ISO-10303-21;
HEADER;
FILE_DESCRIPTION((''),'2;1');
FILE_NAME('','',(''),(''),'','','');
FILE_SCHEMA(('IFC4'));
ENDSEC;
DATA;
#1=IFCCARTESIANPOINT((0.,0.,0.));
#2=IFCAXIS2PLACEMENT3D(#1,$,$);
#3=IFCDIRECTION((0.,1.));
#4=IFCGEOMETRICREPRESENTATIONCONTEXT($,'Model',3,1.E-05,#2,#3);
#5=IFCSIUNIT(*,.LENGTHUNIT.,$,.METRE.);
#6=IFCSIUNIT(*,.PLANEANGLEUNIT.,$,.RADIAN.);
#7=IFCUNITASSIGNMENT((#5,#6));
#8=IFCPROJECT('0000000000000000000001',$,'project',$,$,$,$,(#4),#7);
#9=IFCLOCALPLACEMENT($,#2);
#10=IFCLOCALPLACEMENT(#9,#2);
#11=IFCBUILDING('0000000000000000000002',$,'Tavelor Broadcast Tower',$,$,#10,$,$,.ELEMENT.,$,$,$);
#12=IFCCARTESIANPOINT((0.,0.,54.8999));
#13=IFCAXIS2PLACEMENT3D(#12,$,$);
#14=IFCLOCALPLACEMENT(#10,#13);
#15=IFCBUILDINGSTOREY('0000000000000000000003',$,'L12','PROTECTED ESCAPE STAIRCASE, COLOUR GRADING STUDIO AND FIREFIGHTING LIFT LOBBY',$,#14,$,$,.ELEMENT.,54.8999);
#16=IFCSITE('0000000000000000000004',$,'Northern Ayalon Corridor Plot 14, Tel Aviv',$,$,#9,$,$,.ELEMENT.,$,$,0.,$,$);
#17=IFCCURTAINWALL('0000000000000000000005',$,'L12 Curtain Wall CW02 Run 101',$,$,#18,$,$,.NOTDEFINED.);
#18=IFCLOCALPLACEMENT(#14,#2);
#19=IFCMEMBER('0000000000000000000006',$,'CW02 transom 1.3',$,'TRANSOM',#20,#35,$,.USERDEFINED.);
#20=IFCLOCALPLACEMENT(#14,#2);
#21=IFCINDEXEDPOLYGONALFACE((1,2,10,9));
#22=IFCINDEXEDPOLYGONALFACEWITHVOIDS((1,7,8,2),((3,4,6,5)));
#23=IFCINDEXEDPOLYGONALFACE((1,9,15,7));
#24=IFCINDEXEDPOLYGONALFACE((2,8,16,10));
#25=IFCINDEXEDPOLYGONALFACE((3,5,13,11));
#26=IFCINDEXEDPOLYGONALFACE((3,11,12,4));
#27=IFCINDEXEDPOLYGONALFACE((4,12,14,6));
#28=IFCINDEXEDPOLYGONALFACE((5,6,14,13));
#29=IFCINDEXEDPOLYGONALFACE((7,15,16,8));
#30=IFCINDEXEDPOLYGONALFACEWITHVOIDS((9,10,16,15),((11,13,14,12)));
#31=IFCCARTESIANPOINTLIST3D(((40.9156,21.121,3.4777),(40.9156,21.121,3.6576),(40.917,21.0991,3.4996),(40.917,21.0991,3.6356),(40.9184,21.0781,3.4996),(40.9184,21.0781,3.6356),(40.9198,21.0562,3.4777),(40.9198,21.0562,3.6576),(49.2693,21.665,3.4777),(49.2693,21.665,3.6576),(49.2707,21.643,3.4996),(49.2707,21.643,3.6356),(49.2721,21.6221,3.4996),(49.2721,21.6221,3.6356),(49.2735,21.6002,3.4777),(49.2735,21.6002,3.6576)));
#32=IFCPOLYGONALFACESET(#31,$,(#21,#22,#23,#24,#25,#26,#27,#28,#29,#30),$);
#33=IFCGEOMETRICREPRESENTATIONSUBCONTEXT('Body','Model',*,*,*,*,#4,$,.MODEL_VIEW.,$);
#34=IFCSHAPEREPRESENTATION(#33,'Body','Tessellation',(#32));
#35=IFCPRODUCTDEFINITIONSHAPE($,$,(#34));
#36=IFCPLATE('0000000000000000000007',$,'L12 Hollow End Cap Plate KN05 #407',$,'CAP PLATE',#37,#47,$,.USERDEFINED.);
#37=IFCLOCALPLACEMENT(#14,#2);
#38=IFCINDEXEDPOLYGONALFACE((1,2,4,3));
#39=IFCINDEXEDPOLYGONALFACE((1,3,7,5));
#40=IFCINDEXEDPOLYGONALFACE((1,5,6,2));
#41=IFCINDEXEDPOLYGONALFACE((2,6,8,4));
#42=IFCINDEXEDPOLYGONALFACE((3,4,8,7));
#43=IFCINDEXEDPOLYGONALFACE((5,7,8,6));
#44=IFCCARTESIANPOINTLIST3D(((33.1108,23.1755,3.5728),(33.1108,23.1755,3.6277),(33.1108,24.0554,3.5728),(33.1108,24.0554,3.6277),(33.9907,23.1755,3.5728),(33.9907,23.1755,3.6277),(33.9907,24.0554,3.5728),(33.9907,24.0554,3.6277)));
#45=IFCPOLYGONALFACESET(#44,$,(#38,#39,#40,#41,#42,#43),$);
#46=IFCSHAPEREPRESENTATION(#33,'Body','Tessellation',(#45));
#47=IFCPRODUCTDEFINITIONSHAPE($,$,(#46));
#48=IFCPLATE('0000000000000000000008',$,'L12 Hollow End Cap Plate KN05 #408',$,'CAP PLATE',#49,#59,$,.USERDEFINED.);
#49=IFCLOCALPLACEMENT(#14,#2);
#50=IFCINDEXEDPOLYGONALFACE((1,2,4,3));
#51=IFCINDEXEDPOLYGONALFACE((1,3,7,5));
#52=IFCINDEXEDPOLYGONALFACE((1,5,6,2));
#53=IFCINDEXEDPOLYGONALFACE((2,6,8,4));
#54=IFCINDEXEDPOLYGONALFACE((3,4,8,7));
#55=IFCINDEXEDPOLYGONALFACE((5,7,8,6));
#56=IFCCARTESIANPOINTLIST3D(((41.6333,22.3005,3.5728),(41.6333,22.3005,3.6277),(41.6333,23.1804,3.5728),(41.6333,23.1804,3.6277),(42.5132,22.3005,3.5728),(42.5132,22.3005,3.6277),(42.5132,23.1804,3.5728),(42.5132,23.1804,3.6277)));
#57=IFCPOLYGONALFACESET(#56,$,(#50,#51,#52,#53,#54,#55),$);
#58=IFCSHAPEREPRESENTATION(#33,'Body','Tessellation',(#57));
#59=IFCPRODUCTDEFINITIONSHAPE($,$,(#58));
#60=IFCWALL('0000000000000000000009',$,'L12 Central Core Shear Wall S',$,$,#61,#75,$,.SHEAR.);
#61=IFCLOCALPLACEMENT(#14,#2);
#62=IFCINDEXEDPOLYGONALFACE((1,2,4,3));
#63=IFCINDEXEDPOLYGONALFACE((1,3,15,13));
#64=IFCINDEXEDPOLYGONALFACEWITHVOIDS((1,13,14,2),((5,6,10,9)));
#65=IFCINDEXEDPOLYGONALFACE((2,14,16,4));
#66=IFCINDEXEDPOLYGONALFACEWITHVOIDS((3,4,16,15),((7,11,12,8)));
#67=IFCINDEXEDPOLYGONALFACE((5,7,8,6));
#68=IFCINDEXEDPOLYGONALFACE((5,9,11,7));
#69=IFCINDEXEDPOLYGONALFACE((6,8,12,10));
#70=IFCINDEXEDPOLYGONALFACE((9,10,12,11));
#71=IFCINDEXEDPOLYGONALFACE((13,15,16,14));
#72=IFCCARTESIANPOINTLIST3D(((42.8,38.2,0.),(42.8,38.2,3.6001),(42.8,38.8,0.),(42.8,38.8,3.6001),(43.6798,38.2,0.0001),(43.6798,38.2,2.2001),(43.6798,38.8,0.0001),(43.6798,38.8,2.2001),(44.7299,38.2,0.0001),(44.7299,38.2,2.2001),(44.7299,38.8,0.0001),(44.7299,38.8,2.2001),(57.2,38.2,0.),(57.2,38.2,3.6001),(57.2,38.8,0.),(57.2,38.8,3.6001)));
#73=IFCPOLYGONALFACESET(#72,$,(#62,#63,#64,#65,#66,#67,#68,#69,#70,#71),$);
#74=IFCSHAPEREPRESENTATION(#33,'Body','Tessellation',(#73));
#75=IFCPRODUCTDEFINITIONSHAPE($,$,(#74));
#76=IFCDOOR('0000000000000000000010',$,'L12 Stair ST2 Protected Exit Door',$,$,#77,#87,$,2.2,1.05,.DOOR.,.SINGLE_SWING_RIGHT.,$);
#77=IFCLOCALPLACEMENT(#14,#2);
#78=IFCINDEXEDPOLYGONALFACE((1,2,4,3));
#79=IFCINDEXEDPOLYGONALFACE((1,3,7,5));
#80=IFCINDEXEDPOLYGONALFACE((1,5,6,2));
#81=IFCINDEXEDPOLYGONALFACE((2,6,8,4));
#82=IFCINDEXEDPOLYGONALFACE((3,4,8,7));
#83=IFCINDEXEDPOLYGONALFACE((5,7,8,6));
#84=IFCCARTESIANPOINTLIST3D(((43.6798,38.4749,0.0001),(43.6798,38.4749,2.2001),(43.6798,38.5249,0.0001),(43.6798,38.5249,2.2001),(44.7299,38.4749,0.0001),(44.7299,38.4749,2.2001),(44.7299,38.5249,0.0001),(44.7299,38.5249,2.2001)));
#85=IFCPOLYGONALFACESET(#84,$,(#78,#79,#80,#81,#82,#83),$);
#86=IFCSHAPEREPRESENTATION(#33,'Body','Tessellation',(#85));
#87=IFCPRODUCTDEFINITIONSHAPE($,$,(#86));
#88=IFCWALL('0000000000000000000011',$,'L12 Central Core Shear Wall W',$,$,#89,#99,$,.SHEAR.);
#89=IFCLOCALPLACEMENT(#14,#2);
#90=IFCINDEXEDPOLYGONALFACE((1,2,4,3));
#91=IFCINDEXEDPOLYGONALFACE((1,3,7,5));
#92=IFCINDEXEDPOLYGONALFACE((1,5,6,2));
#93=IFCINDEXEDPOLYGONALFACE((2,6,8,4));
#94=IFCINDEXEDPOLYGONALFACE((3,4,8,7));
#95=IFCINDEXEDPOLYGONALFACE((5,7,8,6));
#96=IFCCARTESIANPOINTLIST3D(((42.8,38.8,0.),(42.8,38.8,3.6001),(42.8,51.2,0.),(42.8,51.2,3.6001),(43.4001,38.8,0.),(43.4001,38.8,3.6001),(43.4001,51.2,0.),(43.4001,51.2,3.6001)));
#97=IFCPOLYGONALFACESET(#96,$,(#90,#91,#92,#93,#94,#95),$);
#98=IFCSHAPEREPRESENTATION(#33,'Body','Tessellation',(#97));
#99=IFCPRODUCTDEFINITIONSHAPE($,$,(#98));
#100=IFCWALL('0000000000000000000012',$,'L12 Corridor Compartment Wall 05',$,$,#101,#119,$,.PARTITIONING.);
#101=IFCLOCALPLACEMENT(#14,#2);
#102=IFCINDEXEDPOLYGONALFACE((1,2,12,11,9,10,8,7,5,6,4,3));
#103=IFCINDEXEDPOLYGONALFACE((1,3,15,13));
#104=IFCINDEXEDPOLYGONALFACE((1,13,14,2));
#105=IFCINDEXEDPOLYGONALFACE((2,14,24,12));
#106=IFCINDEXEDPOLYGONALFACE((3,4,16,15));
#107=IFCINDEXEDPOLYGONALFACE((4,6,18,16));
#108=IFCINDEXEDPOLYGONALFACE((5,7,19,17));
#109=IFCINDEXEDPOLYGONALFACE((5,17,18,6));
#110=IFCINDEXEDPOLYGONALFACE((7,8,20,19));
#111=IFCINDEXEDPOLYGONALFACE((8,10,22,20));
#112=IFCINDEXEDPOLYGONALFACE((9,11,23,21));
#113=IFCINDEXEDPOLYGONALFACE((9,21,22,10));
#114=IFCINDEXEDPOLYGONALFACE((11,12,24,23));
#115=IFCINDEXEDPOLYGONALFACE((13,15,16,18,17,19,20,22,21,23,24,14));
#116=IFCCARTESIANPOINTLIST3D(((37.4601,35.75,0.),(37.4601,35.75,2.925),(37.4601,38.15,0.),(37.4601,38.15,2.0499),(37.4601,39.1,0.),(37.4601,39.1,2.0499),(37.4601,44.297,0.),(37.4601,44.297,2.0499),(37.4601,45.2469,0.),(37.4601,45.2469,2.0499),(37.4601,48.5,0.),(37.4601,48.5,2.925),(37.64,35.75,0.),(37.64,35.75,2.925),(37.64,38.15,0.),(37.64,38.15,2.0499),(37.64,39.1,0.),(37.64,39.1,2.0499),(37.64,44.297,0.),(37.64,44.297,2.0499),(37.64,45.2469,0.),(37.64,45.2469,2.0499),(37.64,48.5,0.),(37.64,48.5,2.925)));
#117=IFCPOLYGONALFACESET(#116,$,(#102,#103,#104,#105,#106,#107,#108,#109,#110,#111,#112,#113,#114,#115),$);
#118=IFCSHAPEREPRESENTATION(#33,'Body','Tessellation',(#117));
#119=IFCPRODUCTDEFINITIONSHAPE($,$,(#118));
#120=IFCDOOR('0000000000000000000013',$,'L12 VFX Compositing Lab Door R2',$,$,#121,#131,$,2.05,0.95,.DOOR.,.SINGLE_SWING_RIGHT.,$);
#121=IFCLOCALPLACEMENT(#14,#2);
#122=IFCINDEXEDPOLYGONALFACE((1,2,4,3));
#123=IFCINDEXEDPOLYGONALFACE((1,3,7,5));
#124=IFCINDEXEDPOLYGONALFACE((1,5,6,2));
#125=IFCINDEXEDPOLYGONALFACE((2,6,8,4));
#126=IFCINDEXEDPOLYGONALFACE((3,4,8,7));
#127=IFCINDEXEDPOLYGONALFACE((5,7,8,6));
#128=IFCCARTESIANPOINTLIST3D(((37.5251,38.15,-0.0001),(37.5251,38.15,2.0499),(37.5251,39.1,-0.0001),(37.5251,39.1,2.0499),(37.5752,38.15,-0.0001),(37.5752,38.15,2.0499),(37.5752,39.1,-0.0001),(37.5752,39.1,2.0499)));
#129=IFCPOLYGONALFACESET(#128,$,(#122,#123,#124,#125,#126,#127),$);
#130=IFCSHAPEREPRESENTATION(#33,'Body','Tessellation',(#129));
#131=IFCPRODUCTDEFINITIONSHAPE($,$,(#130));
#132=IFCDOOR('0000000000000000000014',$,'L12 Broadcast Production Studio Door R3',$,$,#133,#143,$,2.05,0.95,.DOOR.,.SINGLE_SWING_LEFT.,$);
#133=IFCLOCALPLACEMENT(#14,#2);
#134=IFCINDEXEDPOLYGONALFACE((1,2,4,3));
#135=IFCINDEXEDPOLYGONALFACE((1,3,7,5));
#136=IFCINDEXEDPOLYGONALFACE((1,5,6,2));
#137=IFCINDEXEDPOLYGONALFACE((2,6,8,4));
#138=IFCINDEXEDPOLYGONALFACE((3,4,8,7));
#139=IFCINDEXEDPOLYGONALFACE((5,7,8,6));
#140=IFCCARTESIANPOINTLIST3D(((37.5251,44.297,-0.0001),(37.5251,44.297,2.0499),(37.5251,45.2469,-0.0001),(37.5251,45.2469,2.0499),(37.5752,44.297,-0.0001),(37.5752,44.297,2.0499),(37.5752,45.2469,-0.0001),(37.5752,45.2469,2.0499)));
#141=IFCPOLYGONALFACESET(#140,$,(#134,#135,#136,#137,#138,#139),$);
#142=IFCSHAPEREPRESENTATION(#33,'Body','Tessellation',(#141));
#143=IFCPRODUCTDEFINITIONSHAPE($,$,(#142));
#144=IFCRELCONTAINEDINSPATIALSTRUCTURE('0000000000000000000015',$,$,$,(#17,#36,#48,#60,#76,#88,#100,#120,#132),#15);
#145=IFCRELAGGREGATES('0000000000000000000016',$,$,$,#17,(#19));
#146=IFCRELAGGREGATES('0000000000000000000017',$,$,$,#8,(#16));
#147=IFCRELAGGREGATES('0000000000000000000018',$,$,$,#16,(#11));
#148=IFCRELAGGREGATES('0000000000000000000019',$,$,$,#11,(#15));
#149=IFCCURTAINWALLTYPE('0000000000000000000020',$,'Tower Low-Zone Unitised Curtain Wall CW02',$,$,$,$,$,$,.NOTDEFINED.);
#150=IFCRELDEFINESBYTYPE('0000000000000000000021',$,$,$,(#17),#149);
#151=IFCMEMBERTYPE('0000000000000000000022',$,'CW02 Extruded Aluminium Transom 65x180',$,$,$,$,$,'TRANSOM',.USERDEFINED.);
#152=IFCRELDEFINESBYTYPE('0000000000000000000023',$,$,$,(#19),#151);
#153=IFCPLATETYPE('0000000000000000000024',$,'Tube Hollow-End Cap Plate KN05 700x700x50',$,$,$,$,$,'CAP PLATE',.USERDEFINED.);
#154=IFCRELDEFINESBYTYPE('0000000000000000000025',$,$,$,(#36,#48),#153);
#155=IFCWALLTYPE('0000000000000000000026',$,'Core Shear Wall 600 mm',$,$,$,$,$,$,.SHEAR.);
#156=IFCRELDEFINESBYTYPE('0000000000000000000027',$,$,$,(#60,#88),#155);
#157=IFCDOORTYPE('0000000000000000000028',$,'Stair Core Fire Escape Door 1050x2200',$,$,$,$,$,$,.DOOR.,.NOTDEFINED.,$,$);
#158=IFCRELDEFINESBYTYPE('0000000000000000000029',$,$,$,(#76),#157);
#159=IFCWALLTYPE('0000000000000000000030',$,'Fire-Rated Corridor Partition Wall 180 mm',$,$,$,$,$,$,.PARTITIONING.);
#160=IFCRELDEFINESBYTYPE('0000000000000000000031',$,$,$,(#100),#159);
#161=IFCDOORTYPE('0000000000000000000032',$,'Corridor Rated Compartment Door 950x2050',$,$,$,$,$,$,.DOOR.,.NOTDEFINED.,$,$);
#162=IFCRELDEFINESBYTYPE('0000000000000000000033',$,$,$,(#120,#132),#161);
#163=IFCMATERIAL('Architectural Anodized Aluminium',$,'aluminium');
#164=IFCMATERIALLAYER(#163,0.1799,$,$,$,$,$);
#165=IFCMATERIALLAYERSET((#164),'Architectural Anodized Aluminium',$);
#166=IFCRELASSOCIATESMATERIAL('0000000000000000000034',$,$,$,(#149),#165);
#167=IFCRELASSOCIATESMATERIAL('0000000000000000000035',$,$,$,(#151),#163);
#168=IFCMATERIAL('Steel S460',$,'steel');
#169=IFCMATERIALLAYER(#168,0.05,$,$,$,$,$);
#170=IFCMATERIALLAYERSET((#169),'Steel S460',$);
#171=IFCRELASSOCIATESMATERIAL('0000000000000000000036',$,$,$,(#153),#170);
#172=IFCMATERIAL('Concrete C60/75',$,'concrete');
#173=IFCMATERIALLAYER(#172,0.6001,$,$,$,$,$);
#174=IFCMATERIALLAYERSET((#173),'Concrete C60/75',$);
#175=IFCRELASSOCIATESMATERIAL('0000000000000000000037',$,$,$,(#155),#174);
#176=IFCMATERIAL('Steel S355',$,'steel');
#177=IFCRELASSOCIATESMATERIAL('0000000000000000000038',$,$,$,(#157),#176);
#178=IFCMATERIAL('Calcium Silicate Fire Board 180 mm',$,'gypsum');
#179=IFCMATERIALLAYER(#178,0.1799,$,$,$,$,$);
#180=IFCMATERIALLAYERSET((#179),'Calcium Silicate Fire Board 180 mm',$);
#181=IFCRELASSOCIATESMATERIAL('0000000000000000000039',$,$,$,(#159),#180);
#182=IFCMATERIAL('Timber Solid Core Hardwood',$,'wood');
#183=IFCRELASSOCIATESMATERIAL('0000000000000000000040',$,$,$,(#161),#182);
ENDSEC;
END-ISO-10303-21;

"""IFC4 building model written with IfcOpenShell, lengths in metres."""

from ifc_helpers import new_model, si_unit, direction, frame, frame_2d, origin, origin_2d, place, context, subcontext, project, spatial, rectangle, hollow_rectangle, extrude, source, transform, mapped, material, layer, layer_set, material_profile, profile_set, type_object, type_shapes, element, fill, aggregate, save


model = new_model("IFC4")

# Units and contexts
model_context = context("Model", 3, precision=1e-05, world=origin(), true_north=direction((0.0, 1.0)))
body_context = subcontext(model_context, "Body", "Model", "MODEL_VIEW")
ifc_project = project(units=[si_unit("LENGTHUNIT", "METRE"), si_unit("PLANEANGLEUNIT", "RADIAN")], contexts=[model_context])

# Site, building, storey
site_placement = place(None, origin())
site = spatial("IfcSite", under=ifc_project, at=site_placement, Name="Northern Ayalon Corridor Plot 14, Tel Aviv", CompositionType="ELEMENT", RefElevation=0.0)
building_placement = place(site_placement, origin())
building = spatial("IfcBuilding", under=site, at=building_placement, Name="Tavelor Broadcast Tower", CompositionType="ELEMENT")
storey_placement = place(building_placement, frame((0.0, 0.0, 54.8999)))
storey = spatial("IfcBuildingStorey", under=building, at=storey_placement, Name="L12", Description="PROTECTED ESCAPE STAIRCASE, COLOUR GRADING STUDIO AND FIREFIGHTING LIFT LOBBY", CompositionType="ELEMENT", Elevation=54.8999)

# Shared definitions
ifc_material_1 = material(Name="Steel S460", Category="steel")

# Shared definitions
ifc_material_2 = material(Name="Steel S355", Category="steel")

# Curtain wall, member
ifc_material_3 = material(Name="Architectural Anodized Aluminium", Category="aluminium")
ifc_layer_1 = layer(ifc_material_3, 0.1799)
ifc_layer_set_1 = layer_set([ifc_layer_1], Name="Architectural Anodized Aluminium")
curtain_wall_type = type_object("IfcCurtainWallType", Name="Tower Low-Zone Unitised Curtain Wall CW02", PredefinedType="NOTDEFINED", material=ifc_layer_set_1)
curtain_wall_placement = place(storey_placement, origin())
curtain_wall = element("IfcCurtainWall", 1, at=curtain_wall_placement, inside=storey, type_object=curtain_wall_type, Name="L12 Curtain Wall CW02 Run 101", PredefinedType="NOTDEFINED")
ifc_material_profile_1 = material_profile(ifc_material_3, hollow_rectangle(XDim=0.0649, YDim=0.1799, WallThickness=0.022, at=origin_2d()), Name="RHS 65x180x22")
ifc_profile_set_1 = profile_set([ifc_material_profile_1], Name="Architectural Anodized Aluminium")
member_type_1 = type_object("IfcMemberType", Name="CW02 Extruded Aluminium Transom 65x180", ElementType="TRANSOM", PredefinedType="USERDEFINED", material=ifc_profile_set_1)
shared_shape_1 = source(origin(), body_context, "Body", "SweptSolid", [
    extrude(hollow_rectangle(XDim=0.0649, YDim=0.1799, WallThickness=0.022, at=origin_2d()), origin(), (0.0, 0.0, 1.0), 8.3713),
])
type_shapes(member_type_1, [shared_shape_1])
member_1_placement = place(storey_placement, frame((40.9177, 21.0886, 3.5676), z_axis=(0.997887, 0.064976, 0.0), x_axis=(-0.064976, 0.997887, 0.0)))
member_1 = element("IfcMember", 2, at=member_1_placement, type_object=member_type_1, Name="CW02 transom 1.3", ObjectType="TRANSOM", PredefinedType="USERDEFINED", context=body_context, shape_type="MappedRepresentation", body=[
    mapped(shared_shape_1, transform((0.0, 0.0, 0.0), scale=1.0)),
])
aggregate(curtain_wall, [member_1])

# Plates
ifc_layer_2 = layer(ifc_material_1, 0.05)
ifc_layer_set_2 = layer_set([ifc_layer_2], Name="Steel S460")
plate_type = type_object("IfcPlateType", Name="Tube Hollow-End Cap Plate KN05 700x700x50", ElementType="CAP PLATE", PredefinedType="USERDEFINED", material=ifc_layer_set_2)
shared_shape_2 = source(origin(), body_context, "Body", "SweptSolid", [
    extrude(rectangle(XDim=0.8799, YDim=0.8799, at=origin_2d()), origin(), (0.0, 0.0, 1.0), 0.0549),
])
type_shapes(plate_type, [shared_shape_2])
for number, where, z_axis, x_axis, name in (
    (3, (33.5508, 23.6155, 3.5728), (0.0, 0.0, 1.0), (1.0, 0.0, 0.0), "L12 Hollow End Cap Plate KN05 #407"),
    (4, (42.0732, 22.7405, 3.5728), (0.0, 0.0, 1.0), (1.0, 0.0, 0.0), "L12 Hollow End Cap Plate KN05 #408"),
):
    element("IfcPlate", number, at=place(storey_placement, frame(where, z_axis=z_axis, x_axis=x_axis)), inside=storey, type_object=plate_type, Name=name, ObjectType="CAP PLATE", PredefinedType="USERDEFINED", context=body_context, shape_type="MappedRepresentation", body=[
        mapped(shared_shape_2, transform((0.0, 0.0, 0.0), scale=1.0)),
    ])

# Wall, opening, door
ifc_material_4 = material(Name="Concrete C60/75", Category="concrete")
ifc_layer_3 = layer(ifc_material_4, 0.6001)
ifc_layer_set_3 = layer_set([ifc_layer_3], Name="Concrete C60/75")
wall_type_1 = type_object("IfcWallType", Name="Core Shear Wall 600 mm", PredefinedType="SHEAR", material=ifc_layer_set_3)
wall_1_placement = place(storey_placement, frame((42.8, 38.5, 0.0), z_axis=(0.0, 0.0, 1.0), x_axis=(1.0, 0.0, 0.0)))
wall_1 = element("IfcWall", 5, at=wall_1_placement, inside=storey, type_object=wall_type_1, Name="L12 Central Core Shear Wall S", PredefinedType="SHEAR", context=body_context, shape_type="SweptSolid", body=[
    extrude(rectangle(XDim=14.3999, YDim=0.6001, at=frame_2d((7.2, 0.0))), origin(), (0.0, 0.0, 1.0), 3.6001),
])
opening_1_placement = place(wall_1_placement, frame((0.8799, 0.0, 0.0)))
opening_1 = element("IfcOpeningElement", 6, at=opening_1_placement, cuts=wall_1, PredefinedType="OPENING", context=body_context, shape_type="SweptSolid", body=[
    extrude(rectangle(XDim=1.05, YDim=2.2, at=frame_2d((0.5249, 1.1001))), frame((0.0, 0.3101, 0.0), z_axis=(0.0, -1.0, 0.0), x_axis=(1.0, 0.0, 0.0)), (0.0, 0.0, 1.0), 0.6201),
])
door_type_1 = type_object("IfcDoorType", Name="Stair Core Fire Escape Door 1050x2200", OperationType="NOTDEFINED", PredefinedType="DOOR", material=ifc_material_2)
door_1_placement = place(opening_1_placement, origin())
door_1 = element("IfcDoor", 7, at=door_1_placement, inside=storey, type_object=door_type_1, Name="L12 Stair ST2 Protected Exit Door", OperationType="SINGLE_SWING_RIGHT", OverallHeight=2.2, OverallWidth=1.05, PredefinedType="DOOR", context=body_context, shape_type="SweptSolid", body=[
    extrude(rectangle(XDim=1.05, YDim=2.2, at=frame_2d((0.5249, 1.1001))), frame((0.0, 0.0249, 0.0), z_axis=(0.0, -1.0, 0.0), x_axis=(1.0, 0.0, 0.0)), (0.0, 0.0, 1.0), 0.05),
])
fill(opening_1, door_1)

# Wall
wall_2_placement = place(storey_placement, frame((43.1001, 38.8, 0.0), z_axis=(0.0, 0.0, 1.0), x_axis=(0.0, 1.0, 0.0)))
element("IfcWall", 8, at=wall_2_placement, inside=storey, type_object=wall_type_1, Name="L12 Central Core Shear Wall W", PredefinedType="SHEAR", context=body_context, shape_type="SweptSolid", body=[
    extrude(rectangle(XDim=12.3999, YDim=0.6001, at=frame_2d((6.2, 0.0))), origin(), (0.0, 0.0, 1.0), 3.6001),
])

# Wall, openings, doors
ifc_material_5 = material(Name="Calcium Silicate Fire Board 180 mm", Category="gypsum")
ifc_layer_4 = layer(ifc_material_5, 0.1799)
ifc_layer_set_4 = layer_set([ifc_layer_4], Name="Calcium Silicate Fire Board 180 mm")
wall_type_2 = type_object("IfcWallType", Name="Fire-Rated Corridor Partition Wall 180 mm", PredefinedType="PARTITIONING", material=ifc_layer_set_4)
wall_3_placement = place(storey_placement, frame((37.55, 35.75, 0.0), z_axis=(0.0, 0.0, 1.0), x_axis=(0.0, 1.0, 0.0)))
wall_3 = element("IfcWall", 9, at=wall_3_placement, inside=storey, type_object=wall_type_2, Name="L12 Corridor Compartment Wall 05", PredefinedType="PARTITIONING", context=body_context, shape_type="SweptSolid", body=[
    extrude(rectangle(XDim=12.75, YDim=0.1799, at=frame_2d((6.375, 0.0))), origin(), (0.0, 0.0, 1.0), 2.925),
])
opening_2_placement = place(wall_3_placement, frame((2.3999, 0.0, 0.0)))
opening_2 = element("IfcOpeningElement", 10, at=opening_2_placement, cuts=wall_3, PredefinedType="OPENING", context=body_context, shape_type="SweptSolid", body=[
    extrude(rectangle(XDim=0.95, YDim=2.05, at=frame_2d((0.4751, 1.0249))), frame((0.0, 0.1001, 0.0), z_axis=(0.0, -1.0, 0.0), x_axis=(1.0, 0.0, 0.0)), (0.0, 0.0, 1.0), 0.2),
])
opening_3_placement = place(wall_3_placement, frame((8.5469, 0.0, 0.0)))
opening_3 = element("IfcOpeningElement", 11, at=opening_3_placement, cuts=wall_3, PredefinedType="OPENING", context=body_context, shape_type="SweptSolid", body=[
    extrude(rectangle(XDim=0.95, YDim=2.05, at=frame_2d((0.4751, 1.0249))), frame((0.0, 0.1001, 0.0), z_axis=(0.0, -1.0, 0.0), x_axis=(1.0, 0.0, 0.0)), (0.0, 0.0, 1.0), 0.2),
])
ifc_material_6 = material(Name="Timber Solid Core Hardwood", Category="wood")
door_type_2 = type_object("IfcDoorType", Name="Corridor Rated Compartment Door 950x2050", OperationType="NOTDEFINED", PredefinedType="DOOR", material=ifc_material_6)
door_2_placement = place(opening_2_placement, origin())
door_2 = element("IfcDoor", 12, at=door_2_placement, inside=storey, type_object=door_type_2, Name="L12 VFX Compositing Lab Door R2", OperationType="SINGLE_SWING_RIGHT", OverallHeight=2.05, OverallWidth=0.95, PredefinedType="DOOR", context=body_context, shape_type="SweptSolid", body=[
    extrude(rectangle(XDim=0.95, YDim=2.05, at=frame_2d((0.4751, 1.0249))), frame((0.0, 0.0249, 0.0), z_axis=(0.0, -1.0, 0.0), x_axis=(1.0, 0.0, 0.0)), (0.0, 0.0, 1.0), 0.05),
])
fill(opening_2, door_2)
door_3_placement = place(opening_3_placement, origin())
door_3 = element("IfcDoor", 13, at=door_3_placement, inside=storey, type_object=door_type_2, Name="L12 Broadcast Production Studio Door R3", OperationType="SINGLE_SWING_LEFT", OverallHeight=2.05, OverallWidth=0.95, PredefinedType="DOOR", context=body_context, shape_type="SweptSolid", body=[
    extrude(rectangle(XDim=0.95, YDim=2.05, at=frame_2d((0.4751, 1.0249))), frame((0.0, 0.0249, 0.0), z_axis=(0.0, -1.0, 0.0), x_axis=(1.0, 0.0, 0.0)), (0.0, 0.0, 1.0), 0.05),
])
fill(opening_3, door_3)

save(model, "model.ifc")
